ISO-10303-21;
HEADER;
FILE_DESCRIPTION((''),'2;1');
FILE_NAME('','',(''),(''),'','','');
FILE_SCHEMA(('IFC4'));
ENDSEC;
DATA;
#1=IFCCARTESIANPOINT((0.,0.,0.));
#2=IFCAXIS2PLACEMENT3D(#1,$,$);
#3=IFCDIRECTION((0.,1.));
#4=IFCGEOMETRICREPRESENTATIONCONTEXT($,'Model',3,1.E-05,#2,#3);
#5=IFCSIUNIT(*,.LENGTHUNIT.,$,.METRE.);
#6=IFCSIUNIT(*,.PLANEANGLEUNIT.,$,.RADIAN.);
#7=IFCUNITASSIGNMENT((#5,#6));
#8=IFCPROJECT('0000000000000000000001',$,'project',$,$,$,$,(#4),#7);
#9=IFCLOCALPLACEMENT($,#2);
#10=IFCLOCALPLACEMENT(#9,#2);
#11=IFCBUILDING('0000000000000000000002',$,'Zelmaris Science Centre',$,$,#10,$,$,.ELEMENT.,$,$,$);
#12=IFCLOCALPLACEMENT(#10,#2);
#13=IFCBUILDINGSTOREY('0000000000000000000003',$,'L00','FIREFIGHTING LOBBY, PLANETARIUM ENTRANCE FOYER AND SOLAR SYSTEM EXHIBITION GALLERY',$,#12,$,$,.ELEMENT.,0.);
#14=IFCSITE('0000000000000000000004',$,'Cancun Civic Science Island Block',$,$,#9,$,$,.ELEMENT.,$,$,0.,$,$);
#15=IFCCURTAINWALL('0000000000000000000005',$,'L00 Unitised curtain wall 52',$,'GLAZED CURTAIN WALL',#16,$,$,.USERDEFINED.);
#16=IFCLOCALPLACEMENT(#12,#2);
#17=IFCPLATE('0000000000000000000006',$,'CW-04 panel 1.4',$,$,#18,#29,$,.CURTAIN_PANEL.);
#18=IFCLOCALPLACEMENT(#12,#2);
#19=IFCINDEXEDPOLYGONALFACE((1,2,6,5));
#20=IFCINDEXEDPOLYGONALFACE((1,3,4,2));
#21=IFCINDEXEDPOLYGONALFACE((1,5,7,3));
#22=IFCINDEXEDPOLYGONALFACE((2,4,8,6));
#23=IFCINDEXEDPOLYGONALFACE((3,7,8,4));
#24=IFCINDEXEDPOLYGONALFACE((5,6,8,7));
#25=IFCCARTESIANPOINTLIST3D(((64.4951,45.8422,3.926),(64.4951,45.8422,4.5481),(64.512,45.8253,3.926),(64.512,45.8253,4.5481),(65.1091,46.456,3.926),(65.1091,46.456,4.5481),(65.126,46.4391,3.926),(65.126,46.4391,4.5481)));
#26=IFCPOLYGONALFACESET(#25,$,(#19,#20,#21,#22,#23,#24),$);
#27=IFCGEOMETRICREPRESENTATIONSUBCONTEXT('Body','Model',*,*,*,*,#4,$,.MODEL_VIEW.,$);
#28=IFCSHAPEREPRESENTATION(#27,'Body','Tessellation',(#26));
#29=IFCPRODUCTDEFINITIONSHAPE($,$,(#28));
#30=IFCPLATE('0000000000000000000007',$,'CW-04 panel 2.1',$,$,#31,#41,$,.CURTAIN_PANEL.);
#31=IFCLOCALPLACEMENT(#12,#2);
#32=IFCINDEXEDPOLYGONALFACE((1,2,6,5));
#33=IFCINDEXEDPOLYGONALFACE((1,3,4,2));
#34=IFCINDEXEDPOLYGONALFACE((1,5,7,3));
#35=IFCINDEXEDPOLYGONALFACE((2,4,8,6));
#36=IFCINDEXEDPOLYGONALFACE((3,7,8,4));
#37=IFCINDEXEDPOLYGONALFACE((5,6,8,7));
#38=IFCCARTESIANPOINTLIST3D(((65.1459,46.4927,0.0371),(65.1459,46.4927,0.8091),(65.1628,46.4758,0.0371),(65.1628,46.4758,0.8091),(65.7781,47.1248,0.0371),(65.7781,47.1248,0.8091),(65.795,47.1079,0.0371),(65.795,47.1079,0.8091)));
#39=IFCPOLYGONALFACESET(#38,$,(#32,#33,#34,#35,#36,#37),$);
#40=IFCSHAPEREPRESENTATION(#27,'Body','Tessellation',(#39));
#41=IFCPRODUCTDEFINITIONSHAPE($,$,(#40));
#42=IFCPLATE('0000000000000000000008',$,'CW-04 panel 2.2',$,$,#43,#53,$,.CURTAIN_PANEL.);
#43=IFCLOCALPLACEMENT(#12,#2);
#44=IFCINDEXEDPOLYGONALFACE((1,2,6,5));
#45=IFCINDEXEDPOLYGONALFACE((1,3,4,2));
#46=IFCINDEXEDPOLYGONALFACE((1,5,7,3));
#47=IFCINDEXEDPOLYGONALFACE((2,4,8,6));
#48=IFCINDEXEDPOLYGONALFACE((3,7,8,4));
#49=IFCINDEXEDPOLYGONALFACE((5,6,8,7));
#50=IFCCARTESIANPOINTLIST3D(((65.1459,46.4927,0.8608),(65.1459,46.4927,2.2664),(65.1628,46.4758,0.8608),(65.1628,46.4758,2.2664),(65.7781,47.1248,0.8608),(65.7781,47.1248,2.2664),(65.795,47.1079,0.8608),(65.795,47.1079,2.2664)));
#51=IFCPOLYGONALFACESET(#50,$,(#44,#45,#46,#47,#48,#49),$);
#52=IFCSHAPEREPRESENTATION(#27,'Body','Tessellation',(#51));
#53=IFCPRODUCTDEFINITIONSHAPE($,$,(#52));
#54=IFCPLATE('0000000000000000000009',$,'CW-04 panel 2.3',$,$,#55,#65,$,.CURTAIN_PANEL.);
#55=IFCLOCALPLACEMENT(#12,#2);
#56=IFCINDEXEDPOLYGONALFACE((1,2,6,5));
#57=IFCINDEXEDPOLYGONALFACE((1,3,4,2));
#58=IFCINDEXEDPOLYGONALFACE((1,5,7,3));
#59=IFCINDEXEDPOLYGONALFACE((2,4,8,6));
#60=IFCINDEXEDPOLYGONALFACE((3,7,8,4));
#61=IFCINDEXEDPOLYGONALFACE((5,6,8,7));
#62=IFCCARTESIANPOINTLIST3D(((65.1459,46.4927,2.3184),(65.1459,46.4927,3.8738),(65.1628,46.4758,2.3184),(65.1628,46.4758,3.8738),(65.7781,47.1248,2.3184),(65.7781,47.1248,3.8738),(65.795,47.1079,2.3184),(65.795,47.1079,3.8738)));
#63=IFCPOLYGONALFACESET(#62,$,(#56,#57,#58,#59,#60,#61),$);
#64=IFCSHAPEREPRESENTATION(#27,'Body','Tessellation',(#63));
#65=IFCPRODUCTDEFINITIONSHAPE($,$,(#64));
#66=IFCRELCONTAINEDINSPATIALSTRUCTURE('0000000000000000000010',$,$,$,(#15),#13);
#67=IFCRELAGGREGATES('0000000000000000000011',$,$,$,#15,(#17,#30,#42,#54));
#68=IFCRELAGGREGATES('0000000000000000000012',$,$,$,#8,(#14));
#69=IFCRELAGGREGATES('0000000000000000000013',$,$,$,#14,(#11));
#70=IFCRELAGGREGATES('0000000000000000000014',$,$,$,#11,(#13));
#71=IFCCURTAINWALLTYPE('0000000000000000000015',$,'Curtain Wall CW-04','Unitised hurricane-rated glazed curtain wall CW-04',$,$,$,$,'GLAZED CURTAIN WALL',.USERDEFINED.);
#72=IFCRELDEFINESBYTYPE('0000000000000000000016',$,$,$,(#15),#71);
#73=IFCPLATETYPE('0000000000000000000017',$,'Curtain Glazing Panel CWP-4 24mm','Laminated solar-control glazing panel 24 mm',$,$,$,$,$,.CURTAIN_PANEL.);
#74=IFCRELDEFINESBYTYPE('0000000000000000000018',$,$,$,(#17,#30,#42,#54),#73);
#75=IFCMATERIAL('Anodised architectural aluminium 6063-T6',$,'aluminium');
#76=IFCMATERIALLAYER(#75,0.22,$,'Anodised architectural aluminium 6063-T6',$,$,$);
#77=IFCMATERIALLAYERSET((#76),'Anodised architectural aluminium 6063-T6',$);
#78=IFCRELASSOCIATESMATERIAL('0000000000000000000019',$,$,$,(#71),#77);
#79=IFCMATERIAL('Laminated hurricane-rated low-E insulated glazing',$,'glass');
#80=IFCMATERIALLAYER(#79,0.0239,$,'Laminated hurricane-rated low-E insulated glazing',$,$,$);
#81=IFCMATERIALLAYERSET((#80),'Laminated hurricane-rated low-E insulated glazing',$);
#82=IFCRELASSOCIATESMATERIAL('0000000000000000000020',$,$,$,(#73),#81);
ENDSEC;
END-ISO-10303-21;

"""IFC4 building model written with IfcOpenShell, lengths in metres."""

from ifc_helpers import new_model, si_unit, direction, frame, origin, origin_2d, place, context, subcontext, project, spatial, rectangle, extrude, material, layer, layer_set, type_object, element, aggregate, save


model = new_model("IFC4")

# Units and contexts
model_context = context("Model", 3, precision=1e-05, world=origin(), true_north=direction((0.0, 1.0)))
body_context = subcontext(model_context, "Body", "Model", "MODEL_VIEW")
ifc_project = project(units=[si_unit("LENGTHUNIT", "METRE"), si_unit("PLANEANGLEUNIT", "RADIAN")], contexts=[model_context])

# Site, building, storey
site_placement = place(None, origin())
site = spatial("IfcSite", under=ifc_project, at=site_placement, Name="Cancun Civic Science Island Block", CompositionType="ELEMENT", RefElevation=0.0)
building_placement = place(site_placement, origin())
building = spatial("IfcBuilding", under=site, at=building_placement, Name="Zelmaris Science Centre", CompositionType="ELEMENT")
storey_placement = place(building_placement, origin())
storey = spatial("IfcBuildingStorey", under=building, at=storey_placement, Name="L00", Description="FIREFIGHTING LOBBY, PLANETARIUM ENTRANCE FOYER AND SOLAR SYSTEM EXHIBITION GALLERY", CompositionType="ELEMENT", Elevation=0.0)

# Curtain wall
ifc_material_1 = material(Name="Anodised architectural aluminium 6063-T6", Category="aluminium")
ifc_layer_1 = layer(ifc_material_1, 0.22, Name="Anodised architectural aluminium 6063-T6")
ifc_layer_set_1 = layer_set([ifc_layer_1], Name="Anodised architectural aluminium 6063-T6")
curtain_wall_type_1 = type_object("IfcCurtainWallType", Name="Curtain Wall CW-04", Description="Unitised hurricane-rated glazed curtain wall CW-04", ElementType="GLAZED CURTAIN WALL", PredefinedType="USERDEFINED", material=ifc_layer_set_1)
curtain_wall_1_placement = place(storey_placement, origin())
curtain_wall_1 = element("IfcCurtainWall", 1, at=curtain_wall_1_placement, inside=storey, type_object=curtain_wall_type_1, Name="L00 Unitised curtain wall 52", ObjectType="GLAZED CURTAIN WALL", PredefinedType="USERDEFINED")

# Plates
ifc_material_2 = material(Name="Laminated hurricane-rated low-E insulated glazing", Category="glass")
ifc_layer_2 = layer(ifc_material_2, 0.0239, Name="Laminated hurricane-rated low-E insulated glazing")
ifc_layer_set_2 = layer_set([ifc_layer_2], Name="Laminated hurricane-rated low-E insulated glazing")
plate_type_1 = type_object("IfcPlateType", Name="Curtain Glazing Panel CWP-4 24mm", Description="Laminated solar-control glazing panel 24 mm", PredefinedType="CURTAIN_PANEL", material=ifc_layer_set_2)
plate_1_placement = place(storey_placement, frame((64.8105, 46.1406, 3.926), z_axis=(0.0, 0.0, 1.0), x_axis=(0.707173, 0.707041, 0.0)))
plate_1 = element("IfcPlate", 2, at=plate_1_placement, type_object=plate_type_1, Name="CW-04 panel 1.4", PredefinedType="CURTAIN_PANEL", context=body_context, shape_type="SweptSolid", body=[
    extrude(rectangle(XDim=0.8682, YDim=0.0239, at=origin_2d()), origin(), (0.0, 0.0, 1.0), 0.6221),
])
plate_2_placement = place(storey_placement, frame((65.4705, 46.8003, 0.0371), z_axis=(0.0, 0.0, 1.0), x_axis=(0.707173, 0.707041, 0.0)))
plate_2 = element("IfcPlate", 3, at=plate_2_placement, type_object=plate_type_1, Name="CW-04 panel 2.1", PredefinedType="CURTAIN_PANEL", context=body_context, shape_type="SweptSolid", body=[
    extrude(rectangle(XDim=0.894, YDim=0.0239, at=origin_2d()), origin(), (0.0, 0.0, 1.0), 0.772),
])
plate_3_placement = place(storey_placement, frame((65.4705, 46.8003, 0.8608), z_axis=(0.0, 0.0, 1.0), x_axis=(0.707173, 0.707041, 0.0)))
plate_3 = element("IfcPlate", 4, at=plate_3_placement, type_object=plate_type_1, Name="CW-04 panel 2.2", PredefinedType="CURTAIN_PANEL", context=body_context, shape_type="SweptSolid", body=[
    extrude(rectangle(XDim=0.894, YDim=0.0239, at=origin_2d()), origin(), (0.0, 0.0, 1.0), 1.4055),
])
plate_4_placement = place(storey_placement, frame((65.4705, 46.8003, 2.3184), z_axis=(0.0, 0.0, 1.0), x_axis=(0.707173, 0.707041, 0.0)))
plate_4 = element("IfcPlate", 5, at=plate_4_placement, type_object=plate_type_1, Name="CW-04 panel 2.3", PredefinedType="CURTAIN_PANEL", context=body_context, shape_type="SweptSolid", body=[
    extrude(rectangle(XDim=0.894, YDim=0.0239, at=origin_2d()), origin(), (0.0, 0.0, 1.0), 1.5554),
])
aggregate(curtain_wall_1, [plate_1, plate_2, plate_3, plate_4])

save(model, "model.ifc")
